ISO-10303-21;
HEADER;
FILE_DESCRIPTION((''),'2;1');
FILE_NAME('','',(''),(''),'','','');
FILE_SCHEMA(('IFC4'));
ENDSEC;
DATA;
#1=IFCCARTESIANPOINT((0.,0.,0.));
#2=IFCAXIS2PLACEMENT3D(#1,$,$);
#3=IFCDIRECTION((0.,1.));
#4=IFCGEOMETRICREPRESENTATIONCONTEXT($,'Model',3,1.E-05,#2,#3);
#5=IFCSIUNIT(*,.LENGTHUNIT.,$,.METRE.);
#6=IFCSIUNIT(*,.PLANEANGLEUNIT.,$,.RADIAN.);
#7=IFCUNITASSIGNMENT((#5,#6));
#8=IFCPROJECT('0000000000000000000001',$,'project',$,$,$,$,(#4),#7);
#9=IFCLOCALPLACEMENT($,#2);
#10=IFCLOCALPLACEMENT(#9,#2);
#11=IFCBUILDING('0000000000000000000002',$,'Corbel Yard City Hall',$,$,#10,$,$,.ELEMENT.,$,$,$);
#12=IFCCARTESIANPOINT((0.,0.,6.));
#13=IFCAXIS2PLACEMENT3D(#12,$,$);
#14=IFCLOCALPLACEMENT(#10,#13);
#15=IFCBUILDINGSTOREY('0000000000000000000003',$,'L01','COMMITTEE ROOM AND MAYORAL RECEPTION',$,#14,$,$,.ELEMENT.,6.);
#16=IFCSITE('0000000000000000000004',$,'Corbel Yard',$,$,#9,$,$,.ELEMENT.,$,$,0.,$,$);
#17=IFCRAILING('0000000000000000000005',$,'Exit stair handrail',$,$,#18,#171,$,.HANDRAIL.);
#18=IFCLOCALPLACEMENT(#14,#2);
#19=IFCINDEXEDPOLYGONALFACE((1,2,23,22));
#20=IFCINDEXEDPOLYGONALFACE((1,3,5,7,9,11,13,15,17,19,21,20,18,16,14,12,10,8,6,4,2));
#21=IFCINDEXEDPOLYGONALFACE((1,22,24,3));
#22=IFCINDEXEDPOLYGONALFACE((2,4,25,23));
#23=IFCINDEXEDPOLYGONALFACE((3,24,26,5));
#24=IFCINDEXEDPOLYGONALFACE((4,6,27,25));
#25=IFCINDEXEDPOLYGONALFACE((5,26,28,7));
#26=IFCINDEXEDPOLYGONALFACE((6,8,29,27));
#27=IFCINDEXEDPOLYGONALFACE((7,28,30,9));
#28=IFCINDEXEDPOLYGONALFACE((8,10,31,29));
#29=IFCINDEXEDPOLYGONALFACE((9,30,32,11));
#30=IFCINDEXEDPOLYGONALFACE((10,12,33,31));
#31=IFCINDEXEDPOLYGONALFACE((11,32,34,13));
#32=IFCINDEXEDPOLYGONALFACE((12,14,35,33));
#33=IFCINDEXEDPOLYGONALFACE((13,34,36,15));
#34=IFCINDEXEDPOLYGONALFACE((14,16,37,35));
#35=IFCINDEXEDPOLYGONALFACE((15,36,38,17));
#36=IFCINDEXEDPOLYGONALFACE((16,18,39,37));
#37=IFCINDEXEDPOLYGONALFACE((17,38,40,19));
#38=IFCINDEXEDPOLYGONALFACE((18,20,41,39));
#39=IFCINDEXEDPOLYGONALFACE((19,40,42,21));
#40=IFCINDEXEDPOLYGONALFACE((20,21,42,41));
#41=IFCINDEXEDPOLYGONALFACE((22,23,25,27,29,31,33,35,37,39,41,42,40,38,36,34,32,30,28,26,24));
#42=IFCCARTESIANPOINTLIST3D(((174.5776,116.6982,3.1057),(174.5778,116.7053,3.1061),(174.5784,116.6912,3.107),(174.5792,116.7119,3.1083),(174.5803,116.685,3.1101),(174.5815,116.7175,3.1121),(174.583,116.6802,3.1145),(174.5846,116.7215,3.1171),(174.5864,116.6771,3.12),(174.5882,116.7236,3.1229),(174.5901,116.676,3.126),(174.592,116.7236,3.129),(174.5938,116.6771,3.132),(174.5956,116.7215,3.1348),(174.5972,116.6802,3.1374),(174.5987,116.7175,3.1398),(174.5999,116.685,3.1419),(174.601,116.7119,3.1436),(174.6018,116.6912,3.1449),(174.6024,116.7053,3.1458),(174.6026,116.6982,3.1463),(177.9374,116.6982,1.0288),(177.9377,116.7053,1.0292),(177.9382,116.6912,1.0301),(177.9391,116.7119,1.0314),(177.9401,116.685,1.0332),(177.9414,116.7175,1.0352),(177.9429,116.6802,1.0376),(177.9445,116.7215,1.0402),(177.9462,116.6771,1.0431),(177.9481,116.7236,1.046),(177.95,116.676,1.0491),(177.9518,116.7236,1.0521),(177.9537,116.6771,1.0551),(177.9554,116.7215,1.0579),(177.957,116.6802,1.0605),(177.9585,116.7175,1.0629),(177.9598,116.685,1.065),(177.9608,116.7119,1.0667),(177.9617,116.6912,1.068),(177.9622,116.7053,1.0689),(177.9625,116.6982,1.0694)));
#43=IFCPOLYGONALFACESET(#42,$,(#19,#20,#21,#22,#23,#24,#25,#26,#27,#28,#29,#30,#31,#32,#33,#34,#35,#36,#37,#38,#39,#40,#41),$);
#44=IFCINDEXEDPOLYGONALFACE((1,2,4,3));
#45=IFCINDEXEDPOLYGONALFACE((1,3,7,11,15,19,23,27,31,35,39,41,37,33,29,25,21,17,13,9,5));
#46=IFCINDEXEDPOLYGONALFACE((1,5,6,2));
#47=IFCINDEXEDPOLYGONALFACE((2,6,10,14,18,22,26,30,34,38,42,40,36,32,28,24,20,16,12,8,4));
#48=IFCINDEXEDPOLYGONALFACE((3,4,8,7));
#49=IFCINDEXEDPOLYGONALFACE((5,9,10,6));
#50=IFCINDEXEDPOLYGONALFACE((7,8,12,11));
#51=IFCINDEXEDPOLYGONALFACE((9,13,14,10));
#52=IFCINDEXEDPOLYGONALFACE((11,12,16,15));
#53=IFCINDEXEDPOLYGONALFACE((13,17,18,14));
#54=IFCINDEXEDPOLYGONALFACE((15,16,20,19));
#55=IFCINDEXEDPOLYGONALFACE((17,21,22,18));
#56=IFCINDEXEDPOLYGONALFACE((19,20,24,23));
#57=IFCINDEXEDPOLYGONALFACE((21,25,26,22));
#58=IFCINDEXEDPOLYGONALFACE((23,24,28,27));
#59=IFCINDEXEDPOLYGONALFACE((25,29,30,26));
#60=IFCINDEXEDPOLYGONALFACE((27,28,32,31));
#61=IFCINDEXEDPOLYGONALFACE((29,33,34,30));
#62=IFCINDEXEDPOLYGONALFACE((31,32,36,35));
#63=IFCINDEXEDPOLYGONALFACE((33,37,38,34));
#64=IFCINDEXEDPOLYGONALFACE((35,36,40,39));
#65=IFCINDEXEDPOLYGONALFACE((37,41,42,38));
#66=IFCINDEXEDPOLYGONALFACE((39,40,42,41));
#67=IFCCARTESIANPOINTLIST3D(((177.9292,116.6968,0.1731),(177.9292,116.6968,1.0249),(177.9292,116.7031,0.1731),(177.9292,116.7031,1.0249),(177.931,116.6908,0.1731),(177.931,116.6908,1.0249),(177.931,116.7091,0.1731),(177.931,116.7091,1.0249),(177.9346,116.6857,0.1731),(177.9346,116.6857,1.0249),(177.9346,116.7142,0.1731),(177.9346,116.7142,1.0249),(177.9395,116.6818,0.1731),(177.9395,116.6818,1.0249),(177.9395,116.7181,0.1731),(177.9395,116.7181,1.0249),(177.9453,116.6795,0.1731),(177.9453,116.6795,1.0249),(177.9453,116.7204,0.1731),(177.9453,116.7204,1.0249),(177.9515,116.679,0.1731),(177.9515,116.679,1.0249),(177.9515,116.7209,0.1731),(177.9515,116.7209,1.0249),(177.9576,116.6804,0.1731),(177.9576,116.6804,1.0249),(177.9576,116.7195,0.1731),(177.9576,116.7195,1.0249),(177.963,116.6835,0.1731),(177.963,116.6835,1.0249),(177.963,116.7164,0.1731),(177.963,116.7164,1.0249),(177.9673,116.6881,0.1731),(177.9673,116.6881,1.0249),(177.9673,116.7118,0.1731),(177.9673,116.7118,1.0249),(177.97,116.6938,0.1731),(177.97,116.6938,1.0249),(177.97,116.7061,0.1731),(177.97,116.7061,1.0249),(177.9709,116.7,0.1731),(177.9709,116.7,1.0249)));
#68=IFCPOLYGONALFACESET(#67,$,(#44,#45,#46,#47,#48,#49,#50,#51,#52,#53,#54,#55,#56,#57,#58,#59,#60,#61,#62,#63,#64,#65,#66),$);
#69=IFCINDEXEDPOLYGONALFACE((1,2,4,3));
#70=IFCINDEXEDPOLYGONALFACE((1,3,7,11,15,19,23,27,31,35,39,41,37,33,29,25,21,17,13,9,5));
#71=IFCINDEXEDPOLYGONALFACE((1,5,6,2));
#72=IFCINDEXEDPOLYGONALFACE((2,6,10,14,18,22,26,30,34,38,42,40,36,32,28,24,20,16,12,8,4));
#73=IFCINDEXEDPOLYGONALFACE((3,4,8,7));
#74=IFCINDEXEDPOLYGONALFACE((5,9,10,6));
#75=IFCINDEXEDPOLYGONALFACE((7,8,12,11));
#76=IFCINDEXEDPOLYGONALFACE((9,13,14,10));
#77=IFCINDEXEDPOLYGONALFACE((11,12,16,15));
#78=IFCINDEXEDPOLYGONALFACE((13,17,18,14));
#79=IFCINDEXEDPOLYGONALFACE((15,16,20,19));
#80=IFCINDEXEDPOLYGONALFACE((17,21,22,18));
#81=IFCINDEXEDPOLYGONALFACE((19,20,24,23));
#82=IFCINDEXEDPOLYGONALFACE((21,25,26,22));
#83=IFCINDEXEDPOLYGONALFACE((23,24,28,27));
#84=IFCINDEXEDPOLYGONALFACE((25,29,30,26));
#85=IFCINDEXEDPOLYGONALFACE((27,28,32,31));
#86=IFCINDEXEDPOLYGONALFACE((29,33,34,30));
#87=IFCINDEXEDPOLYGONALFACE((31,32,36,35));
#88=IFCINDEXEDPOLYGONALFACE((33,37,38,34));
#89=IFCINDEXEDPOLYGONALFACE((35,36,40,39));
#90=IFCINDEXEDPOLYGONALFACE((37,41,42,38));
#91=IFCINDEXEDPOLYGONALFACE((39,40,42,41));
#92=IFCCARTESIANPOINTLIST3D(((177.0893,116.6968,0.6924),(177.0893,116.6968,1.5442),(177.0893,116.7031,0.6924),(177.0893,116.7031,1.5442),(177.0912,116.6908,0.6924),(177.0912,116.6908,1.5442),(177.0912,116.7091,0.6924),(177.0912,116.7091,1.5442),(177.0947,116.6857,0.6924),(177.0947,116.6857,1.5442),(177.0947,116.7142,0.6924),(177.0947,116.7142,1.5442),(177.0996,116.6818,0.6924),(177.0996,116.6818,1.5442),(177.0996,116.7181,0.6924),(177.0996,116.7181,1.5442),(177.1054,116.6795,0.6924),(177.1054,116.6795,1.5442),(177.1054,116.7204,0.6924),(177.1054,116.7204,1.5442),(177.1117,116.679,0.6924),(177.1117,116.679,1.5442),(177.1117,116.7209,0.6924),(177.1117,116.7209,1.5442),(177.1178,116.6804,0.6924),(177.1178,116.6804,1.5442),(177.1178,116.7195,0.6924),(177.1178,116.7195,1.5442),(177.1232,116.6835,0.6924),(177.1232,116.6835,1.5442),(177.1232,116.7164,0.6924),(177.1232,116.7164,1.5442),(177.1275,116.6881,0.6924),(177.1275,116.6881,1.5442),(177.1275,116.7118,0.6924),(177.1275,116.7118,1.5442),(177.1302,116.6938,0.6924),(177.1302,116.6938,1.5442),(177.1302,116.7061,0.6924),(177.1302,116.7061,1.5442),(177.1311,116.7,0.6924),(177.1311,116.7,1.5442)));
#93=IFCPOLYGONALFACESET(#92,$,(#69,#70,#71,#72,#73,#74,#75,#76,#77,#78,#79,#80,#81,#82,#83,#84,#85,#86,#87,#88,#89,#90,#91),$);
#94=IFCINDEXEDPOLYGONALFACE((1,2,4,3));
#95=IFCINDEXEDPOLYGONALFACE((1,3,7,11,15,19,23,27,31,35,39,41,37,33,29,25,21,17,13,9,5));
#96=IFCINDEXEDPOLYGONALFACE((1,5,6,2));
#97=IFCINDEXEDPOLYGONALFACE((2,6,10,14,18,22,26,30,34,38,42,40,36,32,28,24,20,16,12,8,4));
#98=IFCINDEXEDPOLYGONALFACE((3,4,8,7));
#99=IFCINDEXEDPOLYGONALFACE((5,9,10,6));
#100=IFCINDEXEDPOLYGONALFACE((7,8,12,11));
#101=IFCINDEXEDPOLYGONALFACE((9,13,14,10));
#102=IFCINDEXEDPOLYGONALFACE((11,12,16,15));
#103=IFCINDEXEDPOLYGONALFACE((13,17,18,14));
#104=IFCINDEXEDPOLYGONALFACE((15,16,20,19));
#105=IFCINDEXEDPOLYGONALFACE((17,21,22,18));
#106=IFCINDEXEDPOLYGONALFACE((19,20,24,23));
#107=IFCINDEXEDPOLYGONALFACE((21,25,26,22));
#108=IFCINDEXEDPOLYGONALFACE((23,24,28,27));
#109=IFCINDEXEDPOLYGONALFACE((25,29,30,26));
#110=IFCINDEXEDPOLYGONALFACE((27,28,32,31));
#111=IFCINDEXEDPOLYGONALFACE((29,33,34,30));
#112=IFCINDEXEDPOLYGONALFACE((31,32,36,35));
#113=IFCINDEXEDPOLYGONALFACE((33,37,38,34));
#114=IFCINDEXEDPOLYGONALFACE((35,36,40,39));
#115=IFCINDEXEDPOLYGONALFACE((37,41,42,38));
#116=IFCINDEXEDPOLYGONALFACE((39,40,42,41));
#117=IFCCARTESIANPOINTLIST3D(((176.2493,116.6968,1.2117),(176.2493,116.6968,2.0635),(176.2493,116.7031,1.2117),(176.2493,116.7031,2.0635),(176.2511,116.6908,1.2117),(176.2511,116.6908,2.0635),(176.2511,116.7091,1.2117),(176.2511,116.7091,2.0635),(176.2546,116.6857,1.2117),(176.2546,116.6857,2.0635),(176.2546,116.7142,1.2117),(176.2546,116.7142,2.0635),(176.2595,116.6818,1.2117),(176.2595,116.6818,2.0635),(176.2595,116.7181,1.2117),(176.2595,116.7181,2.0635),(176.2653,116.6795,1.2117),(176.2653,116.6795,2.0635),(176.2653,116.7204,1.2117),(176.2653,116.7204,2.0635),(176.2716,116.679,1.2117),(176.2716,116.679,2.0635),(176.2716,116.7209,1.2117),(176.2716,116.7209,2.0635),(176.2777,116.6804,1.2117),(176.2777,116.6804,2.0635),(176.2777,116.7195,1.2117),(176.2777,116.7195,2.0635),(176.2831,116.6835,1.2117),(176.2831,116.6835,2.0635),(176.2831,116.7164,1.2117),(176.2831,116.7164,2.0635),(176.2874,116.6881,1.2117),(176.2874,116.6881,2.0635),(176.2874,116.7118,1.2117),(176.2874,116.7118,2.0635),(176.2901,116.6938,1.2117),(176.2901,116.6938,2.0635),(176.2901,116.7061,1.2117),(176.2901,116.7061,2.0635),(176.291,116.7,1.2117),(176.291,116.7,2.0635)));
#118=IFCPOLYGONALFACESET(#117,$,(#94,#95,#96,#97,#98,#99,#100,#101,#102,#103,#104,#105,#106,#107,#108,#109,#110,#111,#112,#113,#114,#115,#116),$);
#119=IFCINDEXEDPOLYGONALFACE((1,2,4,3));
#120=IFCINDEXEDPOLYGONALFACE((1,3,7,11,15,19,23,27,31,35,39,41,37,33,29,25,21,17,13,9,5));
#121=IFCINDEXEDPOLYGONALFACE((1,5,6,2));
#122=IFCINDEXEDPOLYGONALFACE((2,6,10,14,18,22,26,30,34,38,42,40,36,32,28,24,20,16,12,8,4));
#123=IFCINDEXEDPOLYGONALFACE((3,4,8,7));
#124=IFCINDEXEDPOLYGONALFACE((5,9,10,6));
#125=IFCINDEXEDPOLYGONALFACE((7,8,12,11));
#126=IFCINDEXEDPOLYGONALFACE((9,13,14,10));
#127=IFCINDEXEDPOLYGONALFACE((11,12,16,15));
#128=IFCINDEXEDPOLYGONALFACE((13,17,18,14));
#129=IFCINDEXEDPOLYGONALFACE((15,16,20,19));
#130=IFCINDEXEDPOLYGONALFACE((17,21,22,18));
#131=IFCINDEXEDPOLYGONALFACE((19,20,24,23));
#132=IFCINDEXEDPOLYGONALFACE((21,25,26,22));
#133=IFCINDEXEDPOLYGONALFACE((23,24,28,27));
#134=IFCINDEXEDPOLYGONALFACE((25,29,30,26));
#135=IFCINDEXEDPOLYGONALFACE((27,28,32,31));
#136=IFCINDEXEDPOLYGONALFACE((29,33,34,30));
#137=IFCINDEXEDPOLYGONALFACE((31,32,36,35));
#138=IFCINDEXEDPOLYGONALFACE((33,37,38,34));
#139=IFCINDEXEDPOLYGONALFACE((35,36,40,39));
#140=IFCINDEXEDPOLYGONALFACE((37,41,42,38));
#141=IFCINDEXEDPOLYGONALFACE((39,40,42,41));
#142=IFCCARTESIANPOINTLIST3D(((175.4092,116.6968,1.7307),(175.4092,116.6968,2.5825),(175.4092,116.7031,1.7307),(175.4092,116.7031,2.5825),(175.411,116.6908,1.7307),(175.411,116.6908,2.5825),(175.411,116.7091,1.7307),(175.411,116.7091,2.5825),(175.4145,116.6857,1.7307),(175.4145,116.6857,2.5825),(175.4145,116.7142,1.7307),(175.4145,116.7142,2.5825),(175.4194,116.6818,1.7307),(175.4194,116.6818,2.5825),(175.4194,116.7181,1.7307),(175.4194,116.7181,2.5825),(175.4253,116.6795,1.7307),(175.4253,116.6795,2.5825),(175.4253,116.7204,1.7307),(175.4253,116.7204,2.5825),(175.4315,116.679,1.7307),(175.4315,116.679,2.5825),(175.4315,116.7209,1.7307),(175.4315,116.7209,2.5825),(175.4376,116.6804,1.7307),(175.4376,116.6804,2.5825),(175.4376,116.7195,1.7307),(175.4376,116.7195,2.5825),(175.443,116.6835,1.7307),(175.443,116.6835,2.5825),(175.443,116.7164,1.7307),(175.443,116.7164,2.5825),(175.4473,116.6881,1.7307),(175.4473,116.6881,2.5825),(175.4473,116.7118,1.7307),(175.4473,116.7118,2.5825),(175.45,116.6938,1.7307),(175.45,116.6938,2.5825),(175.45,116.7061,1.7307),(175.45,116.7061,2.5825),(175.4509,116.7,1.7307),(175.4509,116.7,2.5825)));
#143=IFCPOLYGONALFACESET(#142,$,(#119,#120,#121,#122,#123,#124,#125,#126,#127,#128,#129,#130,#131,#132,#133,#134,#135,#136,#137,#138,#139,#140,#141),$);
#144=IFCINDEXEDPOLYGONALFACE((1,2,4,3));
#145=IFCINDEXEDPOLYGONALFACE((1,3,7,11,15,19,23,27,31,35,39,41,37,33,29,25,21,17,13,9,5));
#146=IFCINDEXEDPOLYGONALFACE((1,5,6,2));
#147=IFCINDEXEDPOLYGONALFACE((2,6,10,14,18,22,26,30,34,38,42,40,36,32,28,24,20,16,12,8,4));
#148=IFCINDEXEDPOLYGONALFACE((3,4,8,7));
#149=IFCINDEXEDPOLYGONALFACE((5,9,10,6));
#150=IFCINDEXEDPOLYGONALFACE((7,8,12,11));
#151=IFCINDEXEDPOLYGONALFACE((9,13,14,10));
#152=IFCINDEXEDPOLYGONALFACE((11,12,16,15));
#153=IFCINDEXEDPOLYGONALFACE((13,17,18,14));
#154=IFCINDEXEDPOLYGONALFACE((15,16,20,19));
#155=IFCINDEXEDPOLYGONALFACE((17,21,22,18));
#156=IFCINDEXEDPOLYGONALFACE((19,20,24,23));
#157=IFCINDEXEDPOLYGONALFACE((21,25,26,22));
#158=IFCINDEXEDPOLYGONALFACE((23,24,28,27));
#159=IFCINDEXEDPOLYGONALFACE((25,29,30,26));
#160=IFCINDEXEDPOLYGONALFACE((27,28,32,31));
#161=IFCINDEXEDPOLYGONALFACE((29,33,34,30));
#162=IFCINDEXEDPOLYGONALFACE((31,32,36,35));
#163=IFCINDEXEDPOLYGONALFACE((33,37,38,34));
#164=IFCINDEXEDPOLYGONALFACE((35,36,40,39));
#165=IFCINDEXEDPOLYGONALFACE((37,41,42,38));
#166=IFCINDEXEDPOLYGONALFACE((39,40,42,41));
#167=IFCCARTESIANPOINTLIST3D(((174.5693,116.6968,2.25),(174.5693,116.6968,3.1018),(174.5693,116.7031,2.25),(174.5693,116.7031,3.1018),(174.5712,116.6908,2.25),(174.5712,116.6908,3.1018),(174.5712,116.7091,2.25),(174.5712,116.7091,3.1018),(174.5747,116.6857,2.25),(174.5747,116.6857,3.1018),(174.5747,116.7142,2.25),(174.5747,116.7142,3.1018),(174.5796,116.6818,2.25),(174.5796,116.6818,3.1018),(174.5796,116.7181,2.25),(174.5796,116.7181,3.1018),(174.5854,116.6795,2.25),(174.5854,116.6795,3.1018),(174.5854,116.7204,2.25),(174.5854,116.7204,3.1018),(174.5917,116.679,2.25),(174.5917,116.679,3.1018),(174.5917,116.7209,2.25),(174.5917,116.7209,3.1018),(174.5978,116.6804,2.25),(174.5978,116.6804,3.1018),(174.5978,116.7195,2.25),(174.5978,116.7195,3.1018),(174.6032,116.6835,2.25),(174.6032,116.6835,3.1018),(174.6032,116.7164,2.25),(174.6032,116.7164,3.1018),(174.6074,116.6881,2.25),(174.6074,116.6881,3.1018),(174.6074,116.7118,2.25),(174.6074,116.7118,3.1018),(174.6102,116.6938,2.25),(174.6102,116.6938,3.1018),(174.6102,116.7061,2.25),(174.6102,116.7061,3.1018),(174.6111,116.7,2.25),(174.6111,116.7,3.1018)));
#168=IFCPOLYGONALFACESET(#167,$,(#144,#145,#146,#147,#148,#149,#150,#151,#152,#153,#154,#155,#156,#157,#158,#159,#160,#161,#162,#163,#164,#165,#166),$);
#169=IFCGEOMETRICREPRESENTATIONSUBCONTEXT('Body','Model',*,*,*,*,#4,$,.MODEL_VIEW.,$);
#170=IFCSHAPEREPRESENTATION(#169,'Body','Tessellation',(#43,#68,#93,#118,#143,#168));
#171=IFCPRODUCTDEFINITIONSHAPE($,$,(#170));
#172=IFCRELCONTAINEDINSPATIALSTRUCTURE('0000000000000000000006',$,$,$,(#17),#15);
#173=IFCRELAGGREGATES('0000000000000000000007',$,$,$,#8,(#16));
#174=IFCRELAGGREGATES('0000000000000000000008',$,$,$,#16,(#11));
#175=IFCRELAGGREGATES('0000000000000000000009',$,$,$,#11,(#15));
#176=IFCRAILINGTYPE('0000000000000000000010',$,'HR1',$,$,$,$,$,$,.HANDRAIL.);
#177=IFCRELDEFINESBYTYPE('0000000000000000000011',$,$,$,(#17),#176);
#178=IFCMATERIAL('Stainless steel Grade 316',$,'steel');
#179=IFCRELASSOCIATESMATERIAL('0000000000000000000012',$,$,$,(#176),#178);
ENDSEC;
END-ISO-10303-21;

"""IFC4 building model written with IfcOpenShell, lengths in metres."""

from ifc_helpers import new_model, si_unit, direction, frame, origin, origin_2d, place, context, subcontext, project, spatial, circle, extrude, material, type_object, element, save


model = new_model("IFC4")

# Units and contexts
model_context = context("Model", 3, precision=1e-05, world=origin(), true_north=direction((0.0, 1.0)))
body_context = subcontext(model_context, "Body", "Model", "MODEL_VIEW")
ifc_project = project(units=[si_unit("LENGTHUNIT", "METRE"), si_unit("PLANEANGLEUNIT", "RADIAN")], contexts=[model_context])

# Site, building, storey
site_placement = place(None, origin())
site = spatial("IfcSite", under=ifc_project, at=site_placement, Name="Corbel Yard", CompositionType="ELEMENT", RefElevation=0.0)
building_placement = place(site_placement, origin())
building = spatial("IfcBuilding", under=site, at=building_placement, Name="Corbel Yard City Hall", CompositionType="ELEMENT")
storey_placement = place(building_placement, frame((0.0, 0.0, 6.0)))
storey = spatial("IfcBuildingStorey", under=building, at=storey_placement, Name="L01", Description="COMMITTEE ROOM AND MAYORAL RECEPTION", CompositionType="ELEMENT", Elevation=6.0)

# Shared definitions
ifc_material_1 = material(Name="Stainless steel Grade 316", Category="steel")

# Railing
railing_type_1 = type_object("IfcRailingType", Name="HR1", PredefinedType="HANDRAIL", material=ifc_material_1)
for number, where, name in (
    (1, (177.95, 116.7, 0.1731), "Exit stair handrail"),
):
    element("IfcRailing", number, at=place(storey_placement, frame(where)), inside=storey, type_object=railing_type_1, Name=name, PredefinedType="HANDRAIL", context=body_context, shape_type="SweptSolid", body=[
        extrude(circle(Radius=0.0239, at=origin_2d()), frame((0.0, 0.0, 0.876), z_axis=(-0.850606, 0.0, 0.525803), x_axis=(0.0, -1.0, 0.0)), (0.0, 0.0, 1.0), 3.95),
        extrude(circle(Radius=0.021, at=origin_2d()), origin(), (0.0, 0.0, 1.0), 0.8518),
        extrude(circle(Radius=0.021, at=origin_2d()), frame((-0.8398, 0.0, 0.5193)), (0.0, 0.0, 1.0), 0.8518),
        extrude(circle(Radius=0.021, at=origin_2d()), frame((-1.6799, 0.0, 1.0386)), (0.0, 0.0, 1.0), 0.8518),
        extrude(circle(Radius=0.021, at=origin_2d()), frame((-2.52, 0.0, 1.5576)), (0.0, 0.0, 1.0), 0.8518),
        extrude(circle(Radius=0.021, at=origin_2d()), frame((-3.3599, 0.0, 2.0769)), (0.0, 0.0, 1.0), 0.8518),
    ])

save(model, "model.ifc")
